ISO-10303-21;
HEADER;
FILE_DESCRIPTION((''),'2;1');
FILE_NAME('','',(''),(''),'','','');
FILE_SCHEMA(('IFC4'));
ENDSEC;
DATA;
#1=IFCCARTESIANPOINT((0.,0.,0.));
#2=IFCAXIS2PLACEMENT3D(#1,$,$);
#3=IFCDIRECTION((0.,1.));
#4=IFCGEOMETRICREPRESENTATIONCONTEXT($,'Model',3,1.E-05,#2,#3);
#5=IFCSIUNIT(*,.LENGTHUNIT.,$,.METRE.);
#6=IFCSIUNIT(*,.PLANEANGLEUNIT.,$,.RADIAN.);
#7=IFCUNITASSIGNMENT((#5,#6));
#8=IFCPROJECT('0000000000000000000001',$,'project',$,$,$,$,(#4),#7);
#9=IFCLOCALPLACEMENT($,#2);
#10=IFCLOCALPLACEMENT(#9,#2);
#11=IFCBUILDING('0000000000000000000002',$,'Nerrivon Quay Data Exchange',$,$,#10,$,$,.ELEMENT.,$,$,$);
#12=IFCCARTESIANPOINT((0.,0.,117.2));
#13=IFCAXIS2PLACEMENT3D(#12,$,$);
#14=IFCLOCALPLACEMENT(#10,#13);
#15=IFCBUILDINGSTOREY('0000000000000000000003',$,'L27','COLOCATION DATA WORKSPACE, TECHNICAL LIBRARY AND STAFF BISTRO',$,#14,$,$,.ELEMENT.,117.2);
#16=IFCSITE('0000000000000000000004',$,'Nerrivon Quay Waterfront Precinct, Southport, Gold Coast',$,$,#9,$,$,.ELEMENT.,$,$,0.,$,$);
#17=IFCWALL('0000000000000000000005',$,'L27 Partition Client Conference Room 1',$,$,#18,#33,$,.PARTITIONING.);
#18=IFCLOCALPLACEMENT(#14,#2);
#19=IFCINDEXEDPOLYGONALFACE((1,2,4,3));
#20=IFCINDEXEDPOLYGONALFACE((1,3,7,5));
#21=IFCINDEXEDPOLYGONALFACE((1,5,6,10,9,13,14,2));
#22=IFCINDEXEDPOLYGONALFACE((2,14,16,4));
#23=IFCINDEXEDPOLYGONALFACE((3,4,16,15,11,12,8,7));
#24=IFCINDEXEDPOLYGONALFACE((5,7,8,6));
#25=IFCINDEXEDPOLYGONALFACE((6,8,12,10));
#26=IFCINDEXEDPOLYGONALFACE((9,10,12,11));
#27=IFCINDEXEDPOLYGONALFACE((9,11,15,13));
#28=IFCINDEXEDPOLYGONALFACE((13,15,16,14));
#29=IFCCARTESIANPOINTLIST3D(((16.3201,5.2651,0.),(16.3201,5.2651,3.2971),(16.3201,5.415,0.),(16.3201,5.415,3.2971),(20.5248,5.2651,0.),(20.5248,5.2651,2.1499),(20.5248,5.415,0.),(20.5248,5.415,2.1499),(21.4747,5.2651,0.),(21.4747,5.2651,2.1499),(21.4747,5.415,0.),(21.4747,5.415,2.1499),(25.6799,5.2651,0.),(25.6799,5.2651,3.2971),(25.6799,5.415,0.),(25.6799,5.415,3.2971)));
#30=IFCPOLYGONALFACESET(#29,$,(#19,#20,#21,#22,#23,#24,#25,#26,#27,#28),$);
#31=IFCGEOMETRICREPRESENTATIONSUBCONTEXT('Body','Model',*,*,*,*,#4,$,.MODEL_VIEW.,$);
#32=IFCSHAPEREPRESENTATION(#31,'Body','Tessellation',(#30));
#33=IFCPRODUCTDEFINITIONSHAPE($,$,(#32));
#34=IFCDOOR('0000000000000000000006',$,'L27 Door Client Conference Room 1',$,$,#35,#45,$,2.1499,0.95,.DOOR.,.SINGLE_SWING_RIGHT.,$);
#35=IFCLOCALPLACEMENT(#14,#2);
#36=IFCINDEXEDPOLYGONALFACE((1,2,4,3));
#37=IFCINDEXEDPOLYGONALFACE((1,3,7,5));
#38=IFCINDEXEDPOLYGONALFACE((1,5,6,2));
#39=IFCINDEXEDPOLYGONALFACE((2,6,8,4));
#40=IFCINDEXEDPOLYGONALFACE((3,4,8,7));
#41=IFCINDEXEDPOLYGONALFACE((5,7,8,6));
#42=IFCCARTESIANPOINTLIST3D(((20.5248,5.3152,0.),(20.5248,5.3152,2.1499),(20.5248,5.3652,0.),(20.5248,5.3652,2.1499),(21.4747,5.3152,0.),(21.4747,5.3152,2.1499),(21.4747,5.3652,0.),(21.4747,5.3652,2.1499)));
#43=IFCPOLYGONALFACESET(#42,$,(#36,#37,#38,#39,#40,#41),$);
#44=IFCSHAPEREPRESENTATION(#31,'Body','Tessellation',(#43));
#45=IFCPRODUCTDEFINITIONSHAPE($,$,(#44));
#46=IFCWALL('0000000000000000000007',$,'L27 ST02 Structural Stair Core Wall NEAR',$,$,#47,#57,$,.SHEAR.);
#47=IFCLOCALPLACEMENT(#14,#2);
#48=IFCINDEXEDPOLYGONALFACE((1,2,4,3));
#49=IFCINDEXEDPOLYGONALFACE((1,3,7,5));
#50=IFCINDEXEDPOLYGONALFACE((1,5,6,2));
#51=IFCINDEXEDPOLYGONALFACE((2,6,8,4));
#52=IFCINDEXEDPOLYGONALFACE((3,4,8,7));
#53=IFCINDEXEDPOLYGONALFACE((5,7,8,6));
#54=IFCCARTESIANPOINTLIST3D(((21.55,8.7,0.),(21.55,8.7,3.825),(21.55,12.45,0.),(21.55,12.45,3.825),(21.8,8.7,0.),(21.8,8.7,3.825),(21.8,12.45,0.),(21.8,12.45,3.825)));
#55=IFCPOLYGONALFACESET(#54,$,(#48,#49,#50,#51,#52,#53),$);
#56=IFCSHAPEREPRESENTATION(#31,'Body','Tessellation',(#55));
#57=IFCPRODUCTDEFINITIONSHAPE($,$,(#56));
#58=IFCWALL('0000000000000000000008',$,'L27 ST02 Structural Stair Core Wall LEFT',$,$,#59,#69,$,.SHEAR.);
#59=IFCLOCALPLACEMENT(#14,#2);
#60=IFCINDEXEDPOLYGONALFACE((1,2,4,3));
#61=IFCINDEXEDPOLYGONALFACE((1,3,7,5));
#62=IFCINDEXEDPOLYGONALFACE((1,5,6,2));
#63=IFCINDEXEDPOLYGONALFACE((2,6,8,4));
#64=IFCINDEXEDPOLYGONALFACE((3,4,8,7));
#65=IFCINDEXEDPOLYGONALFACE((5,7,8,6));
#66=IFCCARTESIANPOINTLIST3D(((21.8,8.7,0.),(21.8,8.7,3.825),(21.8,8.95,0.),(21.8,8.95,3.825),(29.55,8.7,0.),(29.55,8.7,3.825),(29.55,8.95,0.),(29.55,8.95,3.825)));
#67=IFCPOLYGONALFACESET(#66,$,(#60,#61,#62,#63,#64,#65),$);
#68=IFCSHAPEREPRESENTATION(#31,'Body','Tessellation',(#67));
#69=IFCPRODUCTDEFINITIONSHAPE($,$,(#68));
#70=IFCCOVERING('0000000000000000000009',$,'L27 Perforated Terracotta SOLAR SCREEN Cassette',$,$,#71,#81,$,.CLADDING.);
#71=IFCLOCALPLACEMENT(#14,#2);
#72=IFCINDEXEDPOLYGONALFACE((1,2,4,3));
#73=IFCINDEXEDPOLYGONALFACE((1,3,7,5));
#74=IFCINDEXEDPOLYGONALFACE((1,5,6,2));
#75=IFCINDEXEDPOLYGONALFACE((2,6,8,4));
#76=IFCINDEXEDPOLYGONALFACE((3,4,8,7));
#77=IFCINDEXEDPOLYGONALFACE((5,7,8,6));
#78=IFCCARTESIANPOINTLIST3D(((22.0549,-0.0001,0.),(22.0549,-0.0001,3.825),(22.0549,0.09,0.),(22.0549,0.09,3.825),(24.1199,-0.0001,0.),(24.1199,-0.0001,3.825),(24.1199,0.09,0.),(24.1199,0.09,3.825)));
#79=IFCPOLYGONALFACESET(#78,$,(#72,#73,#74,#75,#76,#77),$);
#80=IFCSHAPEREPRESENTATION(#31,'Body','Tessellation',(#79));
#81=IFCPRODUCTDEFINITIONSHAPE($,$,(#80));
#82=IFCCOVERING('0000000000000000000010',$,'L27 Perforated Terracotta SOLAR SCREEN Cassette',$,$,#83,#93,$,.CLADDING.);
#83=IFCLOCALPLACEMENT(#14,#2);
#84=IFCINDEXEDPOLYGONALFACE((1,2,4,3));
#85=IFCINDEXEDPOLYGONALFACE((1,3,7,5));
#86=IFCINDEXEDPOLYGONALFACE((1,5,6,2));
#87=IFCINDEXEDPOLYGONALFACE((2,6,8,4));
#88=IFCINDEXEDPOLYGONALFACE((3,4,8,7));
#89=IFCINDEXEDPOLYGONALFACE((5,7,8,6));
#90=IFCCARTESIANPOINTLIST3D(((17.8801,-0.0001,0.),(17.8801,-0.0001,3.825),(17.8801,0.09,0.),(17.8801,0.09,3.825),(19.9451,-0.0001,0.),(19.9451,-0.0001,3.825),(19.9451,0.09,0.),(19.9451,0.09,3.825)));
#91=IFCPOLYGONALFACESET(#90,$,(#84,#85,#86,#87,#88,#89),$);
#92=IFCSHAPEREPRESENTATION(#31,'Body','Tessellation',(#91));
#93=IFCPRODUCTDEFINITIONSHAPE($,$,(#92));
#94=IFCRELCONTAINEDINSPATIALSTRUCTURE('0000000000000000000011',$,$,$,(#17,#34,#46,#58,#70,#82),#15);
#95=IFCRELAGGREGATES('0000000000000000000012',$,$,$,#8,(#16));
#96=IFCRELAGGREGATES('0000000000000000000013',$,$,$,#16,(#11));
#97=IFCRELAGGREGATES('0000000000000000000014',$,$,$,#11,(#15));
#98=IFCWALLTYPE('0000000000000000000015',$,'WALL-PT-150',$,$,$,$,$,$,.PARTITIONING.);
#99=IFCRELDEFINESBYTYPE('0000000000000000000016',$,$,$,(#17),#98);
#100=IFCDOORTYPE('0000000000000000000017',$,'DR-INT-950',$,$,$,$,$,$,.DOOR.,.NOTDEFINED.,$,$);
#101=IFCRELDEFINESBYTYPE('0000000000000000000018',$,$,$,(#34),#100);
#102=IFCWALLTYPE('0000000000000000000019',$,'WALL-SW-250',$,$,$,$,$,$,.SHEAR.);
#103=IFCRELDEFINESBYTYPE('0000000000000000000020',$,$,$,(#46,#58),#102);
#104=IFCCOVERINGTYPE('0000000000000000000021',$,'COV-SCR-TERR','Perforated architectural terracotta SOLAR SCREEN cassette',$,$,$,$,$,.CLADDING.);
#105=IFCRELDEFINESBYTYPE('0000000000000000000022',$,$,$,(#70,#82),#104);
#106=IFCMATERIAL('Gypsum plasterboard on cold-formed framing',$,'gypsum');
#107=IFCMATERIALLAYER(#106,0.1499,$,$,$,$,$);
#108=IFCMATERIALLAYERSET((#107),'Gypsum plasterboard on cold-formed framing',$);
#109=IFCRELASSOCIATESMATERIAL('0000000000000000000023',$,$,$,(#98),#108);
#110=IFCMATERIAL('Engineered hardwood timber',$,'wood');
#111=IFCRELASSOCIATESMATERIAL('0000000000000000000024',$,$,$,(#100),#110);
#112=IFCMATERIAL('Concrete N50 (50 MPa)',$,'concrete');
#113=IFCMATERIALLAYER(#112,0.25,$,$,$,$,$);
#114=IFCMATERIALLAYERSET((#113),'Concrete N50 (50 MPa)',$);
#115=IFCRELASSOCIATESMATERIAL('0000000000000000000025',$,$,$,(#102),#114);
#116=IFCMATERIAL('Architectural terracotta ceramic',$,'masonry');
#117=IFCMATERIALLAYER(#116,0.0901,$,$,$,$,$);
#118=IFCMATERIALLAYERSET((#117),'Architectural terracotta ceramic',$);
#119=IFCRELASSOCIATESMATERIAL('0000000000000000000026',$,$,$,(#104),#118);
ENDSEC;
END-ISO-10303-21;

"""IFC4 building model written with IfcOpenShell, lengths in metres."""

from ifc_helpers import new_model, si_unit, direction, frame, frame_2d, origin, origin_2d, place, context, subcontext, project, spatial, rectangle, extrude, material, layer, layer_set, type_object, element, fill, save


model = new_model("IFC4")

# Units and contexts
model_context = context("Model", 3, precision=1e-05, world=origin(), true_north=direction((0.0, 1.0)))
body_context = subcontext(model_context, "Body", "Model", "MODEL_VIEW")
ifc_project = project(units=[si_unit("LENGTHUNIT", "METRE"), si_unit("PLANEANGLEUNIT", "RADIAN")], contexts=[model_context])

# Site, building, storey
site_placement = place(None, origin())
site = spatial("IfcSite", under=ifc_project, at=site_placement, Name="Nerrivon Quay Waterfront Precinct, Southport, Gold Coast", CompositionType="ELEMENT", RefElevation=0.0)
building_placement = place(site_placement, origin())
building = spatial("IfcBuilding", under=site, at=building_placement, Name="Nerrivon Quay Data Exchange", CompositionType="ELEMENT")
storey_placement = place(building_placement, frame((0.0, 0.0, 117.2)))
storey = spatial("IfcBuildingStorey", under=building, at=storey_placement, Name="L27", Description="COLOCATION DATA WORKSPACE, TECHNICAL LIBRARY AND STAFF BISTRO", CompositionType="ELEMENT", Elevation=117.2)

# Shared definitions
ifc_material_1 = material(Name="Concrete N50 (50 MPa)", Category="concrete")

# Shared definitions
ifc_material_2 = material(Name="Gypsum plasterboard on cold-formed framing", Category="gypsum")
ifc_layer_1 = layer(ifc_material_2, 0.1499)
ifc_layer_set_1 = layer_set([ifc_layer_1], Name="Gypsum plasterboard on cold-formed framing")
wall_type_1 = type_object("IfcWallType", Name="WALL-PT-150", PredefinedType="PARTITIONING", material=ifc_layer_set_1)

# Wall, opening, door
wall_1_placement = place(storey_placement, frame((25.6799, 5.3401, 0.0), z_axis=(0.0, 0.0, 1.0), x_axis=(-1.0, 0.0, 0.0)))
wall_1 = element("IfcWall", 1, at=wall_1_placement, inside=storey, type_object=wall_type_1, Name="L27 Partition Client Conference Room 1", PredefinedType="PARTITIONING", context=body_context, shape_type="SweptSolid", body=[
    extrude(rectangle(XDim=9.3599, YDim=0.1499, at=frame_2d((4.6799, 0.0))), origin(), (0.0, 0.0, 1.0), 3.2971),
])
opening_1_placement = place(wall_1_placement, frame((4.2051, 0.0, 0.0)))
opening_1 = element("IfcOpeningElement", 2, at=opening_1_placement, cuts=wall_1, PredefinedType="OPENING", context=body_context, shape_type="SweptSolid", body=[
    extrude(rectangle(XDim=0.95, YDim=2.1499, at=frame_2d((0.4751, 1.075))), frame((0.0, 0.085, 0.0), z_axis=(0.0, -1.0, 0.0), x_axis=(1.0, 0.0, 0.0)), (0.0, 0.0, 1.0), 0.1699),
])
ifc_material_3 = material(Name="Engineered hardwood timber", Category="wood")
door_type = type_object("IfcDoorType", Name="DR-INT-950", OperationType="NOTDEFINED", PredefinedType="DOOR", material=ifc_material_3)
door_placement = place(opening_1_placement, origin())
door = element("IfcDoor", 3, at=door_placement, inside=storey, type_object=door_type, Name="L27 Door Client Conference Room 1", OperationType="SINGLE_SWING_RIGHT", OverallHeight=2.1499, OverallWidth=0.95, PredefinedType="DOOR", context=body_context, shape_type="SweptSolid", body=[
    extrude(rectangle(XDim=0.95, YDim=2.1499, at=frame_2d((0.4751, 1.075))), frame((0.0, 0.0249, 0.0), z_axis=(0.0, -1.0, 0.0), x_axis=(1.0, 0.0, 0.0)), (0.0, 0.0, 1.0), 0.05),
])
fill(opening_1, door)

# Walls
ifc_layer_2 = layer(ifc_material_1, 0.25)
ifc_layer_set_2 = layer_set([ifc_layer_2], Name="Concrete N50 (50 MPa)")
wall_type_2 = type_object("IfcWallType", Name="WALL-SW-250", PredefinedType="SHEAR", material=ifc_layer_set_2)
wall_2_placement = place(storey_placement, frame((21.675, 8.7, 0.0), z_axis=(0.0, 0.0, 1.0), x_axis=(0.0, 1.0, 0.0)))
element("IfcWall", 4, at=wall_2_placement, inside=storey, type_object=wall_type_2, Name="L27 ST02 Structural Stair Core Wall NEAR", PredefinedType="SHEAR", context=body_context, shape_type="SweptSolid", body=[
    extrude(rectangle(XDim=3.75, YDim=0.25, at=frame_2d((1.875, 0.0))), origin(), (0.0, 0.0, 1.0), 3.825),
])
wall_3_placement = place(storey_placement, frame((21.8, 8.825, 0.0), z_axis=(0.0, 0.0, 1.0), x_axis=(1.0, 0.0, 0.0)))
element("IfcWall", 5, at=wall_3_placement, inside=storey, type_object=wall_type_2, Name="L27 ST02 Structural Stair Core Wall LEFT", PredefinedType="SHEAR", context=body_context, shape_type="SweptSolid", body=[
    extrude(rectangle(XDim=7.75, YDim=0.25, at=frame_2d((3.875, 0.0))), origin(), (0.0, 0.0, 1.0), 3.825),
])

# Coverings
ifc_material_4 = material(Name="Architectural terracotta ceramic", Category="masonry")
ifc_layer_3 = layer(ifc_material_4, 0.0901)
ifc_layer_set_3 = layer_set([ifc_layer_3], Name="Architectural terracotta ceramic")
covering_type = type_object("IfcCoveringType", Name="COV-SCR-TERR", Description="Perforated architectural terracotta SOLAR SCREEN cassette", PredefinedType="CLADDING", material=ifc_layer_set_3)
for number, where, z_axis, x_axis, name in (
    (6, (23.0874, 0.0449, 0.0), (0.0, 0.0, 1.0), (-1.0, 0.0, 0.0), "L27 Perforated Terracotta SOLAR SCREEN Cassette"),
    (7, (18.9126, 0.0449, 0.0), (0.0, 0.0, 1.0), (-1.0, 0.0, 0.0), "L27 Perforated Terracotta SOLAR SCREEN Cassette"),
):
    element("IfcCovering", number, at=place(storey_placement, frame(where, z_axis=z_axis, x_axis=x_axis)), inside=storey, type_object=covering_type, Name=name, PredefinedType="CLADDING", context=body_context, shape_type="SweptSolid", body=[
        extrude(rectangle(XDim=2.0649, YDim=0.0901, at=origin_2d()), origin(), (0.0, 0.0, 1.0), 3.825),
    ])

save(model, "model.ifc")
